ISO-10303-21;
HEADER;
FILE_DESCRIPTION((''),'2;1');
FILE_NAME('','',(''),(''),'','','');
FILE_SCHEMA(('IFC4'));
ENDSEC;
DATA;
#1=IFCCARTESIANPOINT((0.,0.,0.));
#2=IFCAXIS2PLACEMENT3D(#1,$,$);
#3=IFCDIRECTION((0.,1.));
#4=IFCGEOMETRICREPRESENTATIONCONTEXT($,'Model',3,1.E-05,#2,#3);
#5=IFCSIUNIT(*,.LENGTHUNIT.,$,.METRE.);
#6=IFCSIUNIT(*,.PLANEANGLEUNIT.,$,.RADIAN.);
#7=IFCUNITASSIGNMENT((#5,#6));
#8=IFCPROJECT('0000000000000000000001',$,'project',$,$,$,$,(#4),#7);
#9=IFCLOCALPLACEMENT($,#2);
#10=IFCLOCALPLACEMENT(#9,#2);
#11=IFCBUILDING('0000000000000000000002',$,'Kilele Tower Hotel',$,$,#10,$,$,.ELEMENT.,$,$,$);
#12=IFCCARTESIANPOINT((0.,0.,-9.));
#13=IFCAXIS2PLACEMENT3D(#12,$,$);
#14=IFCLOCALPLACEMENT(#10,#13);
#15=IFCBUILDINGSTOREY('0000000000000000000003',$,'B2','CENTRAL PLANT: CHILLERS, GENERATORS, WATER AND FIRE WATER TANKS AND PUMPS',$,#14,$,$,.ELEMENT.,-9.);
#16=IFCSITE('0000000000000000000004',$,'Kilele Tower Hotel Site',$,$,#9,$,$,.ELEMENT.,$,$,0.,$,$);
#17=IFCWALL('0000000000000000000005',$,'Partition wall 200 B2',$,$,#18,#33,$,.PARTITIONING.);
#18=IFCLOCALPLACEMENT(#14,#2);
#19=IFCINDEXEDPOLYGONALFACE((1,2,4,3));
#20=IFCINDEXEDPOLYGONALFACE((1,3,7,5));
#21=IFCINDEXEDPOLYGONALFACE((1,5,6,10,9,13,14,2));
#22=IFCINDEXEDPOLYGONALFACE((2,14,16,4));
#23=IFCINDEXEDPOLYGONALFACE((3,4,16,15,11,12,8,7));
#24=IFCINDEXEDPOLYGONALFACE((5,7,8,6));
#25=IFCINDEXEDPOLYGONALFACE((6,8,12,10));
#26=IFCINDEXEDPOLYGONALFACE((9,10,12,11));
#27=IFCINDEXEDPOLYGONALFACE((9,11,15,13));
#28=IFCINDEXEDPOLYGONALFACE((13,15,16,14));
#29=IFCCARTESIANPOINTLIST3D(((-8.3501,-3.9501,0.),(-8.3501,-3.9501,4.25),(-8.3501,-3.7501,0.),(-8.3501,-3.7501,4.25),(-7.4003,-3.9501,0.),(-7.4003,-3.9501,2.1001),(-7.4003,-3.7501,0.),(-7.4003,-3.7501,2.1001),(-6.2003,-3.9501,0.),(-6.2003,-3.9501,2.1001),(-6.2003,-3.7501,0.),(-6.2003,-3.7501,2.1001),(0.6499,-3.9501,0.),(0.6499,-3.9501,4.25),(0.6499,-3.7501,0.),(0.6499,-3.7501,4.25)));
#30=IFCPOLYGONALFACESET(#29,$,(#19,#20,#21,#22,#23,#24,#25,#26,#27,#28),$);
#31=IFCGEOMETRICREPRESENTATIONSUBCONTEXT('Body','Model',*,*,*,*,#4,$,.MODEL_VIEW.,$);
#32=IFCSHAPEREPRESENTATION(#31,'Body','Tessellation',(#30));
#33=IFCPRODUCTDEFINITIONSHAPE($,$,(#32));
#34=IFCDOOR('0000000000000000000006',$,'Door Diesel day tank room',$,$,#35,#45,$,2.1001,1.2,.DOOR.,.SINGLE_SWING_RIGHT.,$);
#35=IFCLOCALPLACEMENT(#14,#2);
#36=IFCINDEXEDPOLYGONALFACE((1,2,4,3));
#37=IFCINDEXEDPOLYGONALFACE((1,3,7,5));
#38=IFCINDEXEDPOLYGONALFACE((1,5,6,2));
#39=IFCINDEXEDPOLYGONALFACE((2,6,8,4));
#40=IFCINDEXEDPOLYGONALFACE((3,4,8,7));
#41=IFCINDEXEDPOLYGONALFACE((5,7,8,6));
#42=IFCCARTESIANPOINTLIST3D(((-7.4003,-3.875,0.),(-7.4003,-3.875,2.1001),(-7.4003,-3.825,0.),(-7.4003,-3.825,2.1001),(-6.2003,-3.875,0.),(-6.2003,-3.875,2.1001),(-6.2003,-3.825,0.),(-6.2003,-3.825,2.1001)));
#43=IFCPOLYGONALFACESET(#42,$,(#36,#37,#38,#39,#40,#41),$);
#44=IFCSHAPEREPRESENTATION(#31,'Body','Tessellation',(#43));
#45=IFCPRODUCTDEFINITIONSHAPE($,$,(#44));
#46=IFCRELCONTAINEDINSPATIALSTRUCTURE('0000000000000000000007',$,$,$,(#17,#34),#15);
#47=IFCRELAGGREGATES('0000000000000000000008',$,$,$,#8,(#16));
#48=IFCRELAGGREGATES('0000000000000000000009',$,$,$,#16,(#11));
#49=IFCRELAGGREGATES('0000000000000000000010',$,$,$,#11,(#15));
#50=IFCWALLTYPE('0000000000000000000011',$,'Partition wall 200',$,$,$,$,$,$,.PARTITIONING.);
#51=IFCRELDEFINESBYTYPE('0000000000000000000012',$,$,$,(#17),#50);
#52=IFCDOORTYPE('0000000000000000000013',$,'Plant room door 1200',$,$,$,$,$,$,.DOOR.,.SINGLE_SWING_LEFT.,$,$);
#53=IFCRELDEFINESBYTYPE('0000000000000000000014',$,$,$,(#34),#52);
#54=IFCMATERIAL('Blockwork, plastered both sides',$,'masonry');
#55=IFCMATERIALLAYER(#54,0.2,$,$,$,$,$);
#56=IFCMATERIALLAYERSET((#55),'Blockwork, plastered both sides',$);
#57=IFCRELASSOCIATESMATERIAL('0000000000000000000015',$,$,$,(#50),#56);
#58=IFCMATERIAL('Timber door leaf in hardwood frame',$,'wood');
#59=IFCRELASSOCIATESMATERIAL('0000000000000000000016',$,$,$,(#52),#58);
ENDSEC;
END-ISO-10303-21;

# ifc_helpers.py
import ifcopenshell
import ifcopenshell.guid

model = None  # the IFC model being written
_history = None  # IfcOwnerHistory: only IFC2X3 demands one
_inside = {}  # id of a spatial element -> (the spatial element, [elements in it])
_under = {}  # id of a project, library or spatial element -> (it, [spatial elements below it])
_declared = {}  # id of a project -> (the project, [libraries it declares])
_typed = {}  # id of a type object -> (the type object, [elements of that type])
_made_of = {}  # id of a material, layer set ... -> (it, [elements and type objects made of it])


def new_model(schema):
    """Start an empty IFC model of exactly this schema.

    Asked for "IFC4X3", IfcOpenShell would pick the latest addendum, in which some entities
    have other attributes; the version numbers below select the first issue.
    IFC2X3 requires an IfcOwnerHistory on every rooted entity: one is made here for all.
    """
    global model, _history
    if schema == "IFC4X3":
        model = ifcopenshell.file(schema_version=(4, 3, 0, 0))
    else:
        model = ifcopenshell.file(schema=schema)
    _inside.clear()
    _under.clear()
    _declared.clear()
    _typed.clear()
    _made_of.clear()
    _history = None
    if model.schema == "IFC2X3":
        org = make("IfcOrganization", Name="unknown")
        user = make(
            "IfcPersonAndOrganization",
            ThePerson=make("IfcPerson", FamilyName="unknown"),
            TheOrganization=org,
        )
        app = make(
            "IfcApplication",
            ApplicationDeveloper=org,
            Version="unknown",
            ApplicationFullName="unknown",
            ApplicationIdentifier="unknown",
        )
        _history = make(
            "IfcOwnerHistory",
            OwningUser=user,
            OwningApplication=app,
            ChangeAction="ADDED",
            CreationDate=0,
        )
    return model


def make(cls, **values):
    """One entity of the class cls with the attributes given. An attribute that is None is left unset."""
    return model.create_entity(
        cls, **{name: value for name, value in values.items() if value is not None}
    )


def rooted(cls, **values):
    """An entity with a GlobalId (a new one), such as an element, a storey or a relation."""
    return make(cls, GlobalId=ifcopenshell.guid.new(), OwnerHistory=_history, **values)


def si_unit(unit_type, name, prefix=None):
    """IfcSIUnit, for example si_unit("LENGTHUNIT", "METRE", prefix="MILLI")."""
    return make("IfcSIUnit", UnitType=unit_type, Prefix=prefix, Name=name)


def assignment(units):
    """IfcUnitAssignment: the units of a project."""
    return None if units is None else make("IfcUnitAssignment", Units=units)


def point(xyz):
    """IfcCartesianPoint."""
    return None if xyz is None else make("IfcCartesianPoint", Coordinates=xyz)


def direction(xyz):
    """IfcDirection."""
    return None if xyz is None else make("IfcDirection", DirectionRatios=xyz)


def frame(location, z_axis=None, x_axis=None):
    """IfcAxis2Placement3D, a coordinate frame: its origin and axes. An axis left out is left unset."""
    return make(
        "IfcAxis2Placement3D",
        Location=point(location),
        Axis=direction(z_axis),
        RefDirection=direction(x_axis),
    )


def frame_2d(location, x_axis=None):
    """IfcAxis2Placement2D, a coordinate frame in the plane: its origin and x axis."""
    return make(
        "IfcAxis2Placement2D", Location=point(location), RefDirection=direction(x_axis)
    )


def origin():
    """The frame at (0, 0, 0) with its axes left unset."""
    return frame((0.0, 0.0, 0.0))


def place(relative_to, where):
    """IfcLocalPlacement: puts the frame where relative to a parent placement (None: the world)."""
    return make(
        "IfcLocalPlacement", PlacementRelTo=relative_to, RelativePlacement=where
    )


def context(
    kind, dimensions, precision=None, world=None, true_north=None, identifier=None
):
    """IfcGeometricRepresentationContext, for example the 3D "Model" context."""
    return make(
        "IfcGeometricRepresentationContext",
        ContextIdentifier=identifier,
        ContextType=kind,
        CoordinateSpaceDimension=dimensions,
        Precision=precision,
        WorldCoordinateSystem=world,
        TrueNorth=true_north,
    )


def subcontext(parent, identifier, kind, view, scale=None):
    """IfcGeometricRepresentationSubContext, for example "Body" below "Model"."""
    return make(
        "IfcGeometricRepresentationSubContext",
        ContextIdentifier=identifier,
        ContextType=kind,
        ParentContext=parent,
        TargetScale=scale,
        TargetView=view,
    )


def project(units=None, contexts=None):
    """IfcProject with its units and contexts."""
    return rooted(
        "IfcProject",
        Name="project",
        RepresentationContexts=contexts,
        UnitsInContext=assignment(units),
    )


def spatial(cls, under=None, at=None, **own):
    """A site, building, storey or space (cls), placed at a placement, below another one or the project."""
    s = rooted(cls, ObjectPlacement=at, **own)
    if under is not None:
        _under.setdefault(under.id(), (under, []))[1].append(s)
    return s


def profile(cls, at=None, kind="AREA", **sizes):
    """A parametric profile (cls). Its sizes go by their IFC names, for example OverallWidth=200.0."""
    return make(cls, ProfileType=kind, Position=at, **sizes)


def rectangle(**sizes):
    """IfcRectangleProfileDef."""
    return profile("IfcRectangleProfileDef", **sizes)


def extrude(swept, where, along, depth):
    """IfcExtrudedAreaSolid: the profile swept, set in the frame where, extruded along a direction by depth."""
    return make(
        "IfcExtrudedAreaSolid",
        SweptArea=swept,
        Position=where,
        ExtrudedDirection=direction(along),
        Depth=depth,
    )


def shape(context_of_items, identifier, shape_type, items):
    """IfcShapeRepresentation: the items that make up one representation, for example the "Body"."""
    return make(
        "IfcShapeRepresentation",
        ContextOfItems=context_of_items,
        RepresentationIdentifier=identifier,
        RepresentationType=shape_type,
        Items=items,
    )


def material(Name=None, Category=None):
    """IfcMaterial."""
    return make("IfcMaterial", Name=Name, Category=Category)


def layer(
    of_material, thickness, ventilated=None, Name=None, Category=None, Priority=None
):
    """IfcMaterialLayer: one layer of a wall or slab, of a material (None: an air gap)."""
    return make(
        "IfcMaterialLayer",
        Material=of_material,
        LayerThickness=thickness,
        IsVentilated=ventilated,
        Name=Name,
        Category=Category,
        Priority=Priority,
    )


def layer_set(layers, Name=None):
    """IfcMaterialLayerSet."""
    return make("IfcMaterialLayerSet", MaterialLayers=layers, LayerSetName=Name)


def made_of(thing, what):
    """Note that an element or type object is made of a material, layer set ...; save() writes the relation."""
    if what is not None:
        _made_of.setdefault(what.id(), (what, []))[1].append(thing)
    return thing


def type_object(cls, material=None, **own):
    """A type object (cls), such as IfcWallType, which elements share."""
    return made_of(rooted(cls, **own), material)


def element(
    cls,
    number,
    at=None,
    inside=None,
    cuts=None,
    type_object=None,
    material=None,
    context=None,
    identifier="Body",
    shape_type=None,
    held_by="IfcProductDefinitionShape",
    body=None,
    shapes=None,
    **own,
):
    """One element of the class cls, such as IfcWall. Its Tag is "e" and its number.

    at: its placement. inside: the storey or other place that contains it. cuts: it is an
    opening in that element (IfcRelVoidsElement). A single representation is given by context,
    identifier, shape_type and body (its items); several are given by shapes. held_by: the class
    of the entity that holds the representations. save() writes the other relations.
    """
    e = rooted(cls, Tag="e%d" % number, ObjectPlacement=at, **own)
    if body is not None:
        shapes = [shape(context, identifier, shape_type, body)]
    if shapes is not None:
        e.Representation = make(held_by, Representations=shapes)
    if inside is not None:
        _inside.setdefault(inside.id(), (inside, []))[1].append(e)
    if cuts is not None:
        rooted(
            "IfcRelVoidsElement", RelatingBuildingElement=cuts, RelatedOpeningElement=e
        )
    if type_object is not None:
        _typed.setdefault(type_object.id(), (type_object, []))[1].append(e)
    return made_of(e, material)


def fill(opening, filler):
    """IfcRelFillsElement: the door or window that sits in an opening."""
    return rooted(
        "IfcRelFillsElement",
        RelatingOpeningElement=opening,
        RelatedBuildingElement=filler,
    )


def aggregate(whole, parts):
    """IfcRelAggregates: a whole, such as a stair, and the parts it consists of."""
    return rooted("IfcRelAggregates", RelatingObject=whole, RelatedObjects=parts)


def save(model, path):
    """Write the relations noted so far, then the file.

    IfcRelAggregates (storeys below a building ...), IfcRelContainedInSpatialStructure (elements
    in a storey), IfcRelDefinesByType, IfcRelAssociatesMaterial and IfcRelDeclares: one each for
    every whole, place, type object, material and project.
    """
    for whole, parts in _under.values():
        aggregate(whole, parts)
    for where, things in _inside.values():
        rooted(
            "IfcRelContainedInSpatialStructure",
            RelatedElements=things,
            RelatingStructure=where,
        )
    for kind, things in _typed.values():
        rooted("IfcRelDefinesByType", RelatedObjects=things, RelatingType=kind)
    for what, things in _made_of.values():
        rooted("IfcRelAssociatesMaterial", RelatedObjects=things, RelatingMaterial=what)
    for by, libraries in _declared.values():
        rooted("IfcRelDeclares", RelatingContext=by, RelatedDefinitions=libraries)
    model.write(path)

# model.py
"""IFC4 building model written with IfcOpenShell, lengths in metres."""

from ifc_helpers import new_model, si_unit, direction, frame, frame_2d, origin, place, context, subcontext, project, spatial, rectangle, extrude, material, layer, layer_set, type_object, element, fill, save


model = new_model("IFC4")

# Units and contexts
model_context = context("Model", 3, precision=1e-05, world=origin(), true_north=direction((0.0, 1.0)))
body_context = subcontext(model_context, "Body", "Model", "MODEL_VIEW")
ifc_project = project(units=[si_unit("LENGTHUNIT", "METRE"), si_unit("PLANEANGLEUNIT", "RADIAN")], contexts=[model_context])

# Site, building, storey
site_placement = place(None, origin())
site = spatial("IfcSite", under=ifc_project, at=site_placement, Name="Kilele Tower Hotel Site", CompositionType="ELEMENT", RefElevation=0.0)
building_placement = place(site_placement, origin())
building = spatial("IfcBuilding", under=site, at=building_placement, Name="Kilele Tower Hotel", CompositionType="ELEMENT")
storey_placement = place(building_placement, frame((0.0, 0.0, -9.0)))
storey = spatial("IfcBuildingStorey", under=building, at=storey_placement, Name="B2", Description="CENTRAL PLANT: CHILLERS, GENERATORS, WATER AND FIRE WATER TANKS AND PUMPS", CompositionType="ELEMENT", Elevation=-9.0)

# Shared definitions
ifc_material_1 = material(Name="Blockwork, plastered both sides", Category="masonry")
ifc_layer_1 = layer(ifc_material_1, 0.2)
ifc_layer_set_1 = layer_set([ifc_layer_1], Name="Blockwork, plastered both sides")
wall_type_1 = type_object("IfcWallType", Name="Partition wall 200", PredefinedType="PARTITIONING", material=ifc_layer_set_1)

# Wall, opening, door
ifc_material_2 = material(Name="Timber door leaf in hardwood frame", Category="wood")
door_type = type_object("IfcDoorType", Name="Plant room door 1200", OperationType="SINGLE_SWING_LEFT", PredefinedType="DOOR", material=ifc_material_2)
wall_1_placement = place(storey_placement, frame((-8.3501, -3.8501, 0.0), z_axis=(0.0, 0.0, 1.0), x_axis=(1.0, 0.0, 0.0)))
wall_1 = element("IfcWall", 1, at=wall_1_placement, inside=storey, type_object=wall_type_1, Name="Partition wall 200 B2", PredefinedType="PARTITIONING", context=body_context, shape_type="SweptSolid", body=[
    extrude(rectangle(XDim=9.0, YDim=0.2, at=frame_2d((4.5, 0.0))), origin(), (0.0, 0.0, 1.0), 4.25),
])
opening_1_placement = place(wall_1_placement, frame((2.1499, 0.0, 0.0), z_axis=(0.0, 0.0, 1.0), x_axis=(-1.0, 0.0, 0.0)))
opening_1 = element("IfcOpeningElement", 2, at=opening_1_placement, cuts=wall_1, PredefinedType="OPENING", context=body_context, shape_type="SweptSolid", body=[
    extrude(rectangle(XDim=1.2, YDim=2.1001, at=frame_2d((0.6001, 1.05))), frame((0.0, 0.1099, 0.0), z_axis=(0.0, -1.0, 0.0), x_axis=(1.0, 0.0, 0.0)), (0.0, 0.0, 1.0), 0.22),
])
door_1_placement = place(opening_1_placement, origin())
door_1 = element("IfcDoor", 3, at=door_1_placement, inside=storey, type_object=door_type, Name="Door Diesel day tank room", OperationType="SINGLE_SWING_RIGHT", OverallHeight=2.1001, OverallWidth=1.2, PredefinedType="DOOR", context=body_context, shape_type="SweptSolid", body=[
    extrude(rectangle(XDim=1.2, YDim=2.1001, at=frame_2d((0.6001, 1.05))), frame((0.0, 0.0249, 0.0), z_axis=(0.0, -1.0, 0.0), x_axis=(1.0, 0.0, 0.0)), (0.0, 0.0, 1.0), 0.05),
])
fill(opening_1, door_1)

save(model, "model.ifc")
